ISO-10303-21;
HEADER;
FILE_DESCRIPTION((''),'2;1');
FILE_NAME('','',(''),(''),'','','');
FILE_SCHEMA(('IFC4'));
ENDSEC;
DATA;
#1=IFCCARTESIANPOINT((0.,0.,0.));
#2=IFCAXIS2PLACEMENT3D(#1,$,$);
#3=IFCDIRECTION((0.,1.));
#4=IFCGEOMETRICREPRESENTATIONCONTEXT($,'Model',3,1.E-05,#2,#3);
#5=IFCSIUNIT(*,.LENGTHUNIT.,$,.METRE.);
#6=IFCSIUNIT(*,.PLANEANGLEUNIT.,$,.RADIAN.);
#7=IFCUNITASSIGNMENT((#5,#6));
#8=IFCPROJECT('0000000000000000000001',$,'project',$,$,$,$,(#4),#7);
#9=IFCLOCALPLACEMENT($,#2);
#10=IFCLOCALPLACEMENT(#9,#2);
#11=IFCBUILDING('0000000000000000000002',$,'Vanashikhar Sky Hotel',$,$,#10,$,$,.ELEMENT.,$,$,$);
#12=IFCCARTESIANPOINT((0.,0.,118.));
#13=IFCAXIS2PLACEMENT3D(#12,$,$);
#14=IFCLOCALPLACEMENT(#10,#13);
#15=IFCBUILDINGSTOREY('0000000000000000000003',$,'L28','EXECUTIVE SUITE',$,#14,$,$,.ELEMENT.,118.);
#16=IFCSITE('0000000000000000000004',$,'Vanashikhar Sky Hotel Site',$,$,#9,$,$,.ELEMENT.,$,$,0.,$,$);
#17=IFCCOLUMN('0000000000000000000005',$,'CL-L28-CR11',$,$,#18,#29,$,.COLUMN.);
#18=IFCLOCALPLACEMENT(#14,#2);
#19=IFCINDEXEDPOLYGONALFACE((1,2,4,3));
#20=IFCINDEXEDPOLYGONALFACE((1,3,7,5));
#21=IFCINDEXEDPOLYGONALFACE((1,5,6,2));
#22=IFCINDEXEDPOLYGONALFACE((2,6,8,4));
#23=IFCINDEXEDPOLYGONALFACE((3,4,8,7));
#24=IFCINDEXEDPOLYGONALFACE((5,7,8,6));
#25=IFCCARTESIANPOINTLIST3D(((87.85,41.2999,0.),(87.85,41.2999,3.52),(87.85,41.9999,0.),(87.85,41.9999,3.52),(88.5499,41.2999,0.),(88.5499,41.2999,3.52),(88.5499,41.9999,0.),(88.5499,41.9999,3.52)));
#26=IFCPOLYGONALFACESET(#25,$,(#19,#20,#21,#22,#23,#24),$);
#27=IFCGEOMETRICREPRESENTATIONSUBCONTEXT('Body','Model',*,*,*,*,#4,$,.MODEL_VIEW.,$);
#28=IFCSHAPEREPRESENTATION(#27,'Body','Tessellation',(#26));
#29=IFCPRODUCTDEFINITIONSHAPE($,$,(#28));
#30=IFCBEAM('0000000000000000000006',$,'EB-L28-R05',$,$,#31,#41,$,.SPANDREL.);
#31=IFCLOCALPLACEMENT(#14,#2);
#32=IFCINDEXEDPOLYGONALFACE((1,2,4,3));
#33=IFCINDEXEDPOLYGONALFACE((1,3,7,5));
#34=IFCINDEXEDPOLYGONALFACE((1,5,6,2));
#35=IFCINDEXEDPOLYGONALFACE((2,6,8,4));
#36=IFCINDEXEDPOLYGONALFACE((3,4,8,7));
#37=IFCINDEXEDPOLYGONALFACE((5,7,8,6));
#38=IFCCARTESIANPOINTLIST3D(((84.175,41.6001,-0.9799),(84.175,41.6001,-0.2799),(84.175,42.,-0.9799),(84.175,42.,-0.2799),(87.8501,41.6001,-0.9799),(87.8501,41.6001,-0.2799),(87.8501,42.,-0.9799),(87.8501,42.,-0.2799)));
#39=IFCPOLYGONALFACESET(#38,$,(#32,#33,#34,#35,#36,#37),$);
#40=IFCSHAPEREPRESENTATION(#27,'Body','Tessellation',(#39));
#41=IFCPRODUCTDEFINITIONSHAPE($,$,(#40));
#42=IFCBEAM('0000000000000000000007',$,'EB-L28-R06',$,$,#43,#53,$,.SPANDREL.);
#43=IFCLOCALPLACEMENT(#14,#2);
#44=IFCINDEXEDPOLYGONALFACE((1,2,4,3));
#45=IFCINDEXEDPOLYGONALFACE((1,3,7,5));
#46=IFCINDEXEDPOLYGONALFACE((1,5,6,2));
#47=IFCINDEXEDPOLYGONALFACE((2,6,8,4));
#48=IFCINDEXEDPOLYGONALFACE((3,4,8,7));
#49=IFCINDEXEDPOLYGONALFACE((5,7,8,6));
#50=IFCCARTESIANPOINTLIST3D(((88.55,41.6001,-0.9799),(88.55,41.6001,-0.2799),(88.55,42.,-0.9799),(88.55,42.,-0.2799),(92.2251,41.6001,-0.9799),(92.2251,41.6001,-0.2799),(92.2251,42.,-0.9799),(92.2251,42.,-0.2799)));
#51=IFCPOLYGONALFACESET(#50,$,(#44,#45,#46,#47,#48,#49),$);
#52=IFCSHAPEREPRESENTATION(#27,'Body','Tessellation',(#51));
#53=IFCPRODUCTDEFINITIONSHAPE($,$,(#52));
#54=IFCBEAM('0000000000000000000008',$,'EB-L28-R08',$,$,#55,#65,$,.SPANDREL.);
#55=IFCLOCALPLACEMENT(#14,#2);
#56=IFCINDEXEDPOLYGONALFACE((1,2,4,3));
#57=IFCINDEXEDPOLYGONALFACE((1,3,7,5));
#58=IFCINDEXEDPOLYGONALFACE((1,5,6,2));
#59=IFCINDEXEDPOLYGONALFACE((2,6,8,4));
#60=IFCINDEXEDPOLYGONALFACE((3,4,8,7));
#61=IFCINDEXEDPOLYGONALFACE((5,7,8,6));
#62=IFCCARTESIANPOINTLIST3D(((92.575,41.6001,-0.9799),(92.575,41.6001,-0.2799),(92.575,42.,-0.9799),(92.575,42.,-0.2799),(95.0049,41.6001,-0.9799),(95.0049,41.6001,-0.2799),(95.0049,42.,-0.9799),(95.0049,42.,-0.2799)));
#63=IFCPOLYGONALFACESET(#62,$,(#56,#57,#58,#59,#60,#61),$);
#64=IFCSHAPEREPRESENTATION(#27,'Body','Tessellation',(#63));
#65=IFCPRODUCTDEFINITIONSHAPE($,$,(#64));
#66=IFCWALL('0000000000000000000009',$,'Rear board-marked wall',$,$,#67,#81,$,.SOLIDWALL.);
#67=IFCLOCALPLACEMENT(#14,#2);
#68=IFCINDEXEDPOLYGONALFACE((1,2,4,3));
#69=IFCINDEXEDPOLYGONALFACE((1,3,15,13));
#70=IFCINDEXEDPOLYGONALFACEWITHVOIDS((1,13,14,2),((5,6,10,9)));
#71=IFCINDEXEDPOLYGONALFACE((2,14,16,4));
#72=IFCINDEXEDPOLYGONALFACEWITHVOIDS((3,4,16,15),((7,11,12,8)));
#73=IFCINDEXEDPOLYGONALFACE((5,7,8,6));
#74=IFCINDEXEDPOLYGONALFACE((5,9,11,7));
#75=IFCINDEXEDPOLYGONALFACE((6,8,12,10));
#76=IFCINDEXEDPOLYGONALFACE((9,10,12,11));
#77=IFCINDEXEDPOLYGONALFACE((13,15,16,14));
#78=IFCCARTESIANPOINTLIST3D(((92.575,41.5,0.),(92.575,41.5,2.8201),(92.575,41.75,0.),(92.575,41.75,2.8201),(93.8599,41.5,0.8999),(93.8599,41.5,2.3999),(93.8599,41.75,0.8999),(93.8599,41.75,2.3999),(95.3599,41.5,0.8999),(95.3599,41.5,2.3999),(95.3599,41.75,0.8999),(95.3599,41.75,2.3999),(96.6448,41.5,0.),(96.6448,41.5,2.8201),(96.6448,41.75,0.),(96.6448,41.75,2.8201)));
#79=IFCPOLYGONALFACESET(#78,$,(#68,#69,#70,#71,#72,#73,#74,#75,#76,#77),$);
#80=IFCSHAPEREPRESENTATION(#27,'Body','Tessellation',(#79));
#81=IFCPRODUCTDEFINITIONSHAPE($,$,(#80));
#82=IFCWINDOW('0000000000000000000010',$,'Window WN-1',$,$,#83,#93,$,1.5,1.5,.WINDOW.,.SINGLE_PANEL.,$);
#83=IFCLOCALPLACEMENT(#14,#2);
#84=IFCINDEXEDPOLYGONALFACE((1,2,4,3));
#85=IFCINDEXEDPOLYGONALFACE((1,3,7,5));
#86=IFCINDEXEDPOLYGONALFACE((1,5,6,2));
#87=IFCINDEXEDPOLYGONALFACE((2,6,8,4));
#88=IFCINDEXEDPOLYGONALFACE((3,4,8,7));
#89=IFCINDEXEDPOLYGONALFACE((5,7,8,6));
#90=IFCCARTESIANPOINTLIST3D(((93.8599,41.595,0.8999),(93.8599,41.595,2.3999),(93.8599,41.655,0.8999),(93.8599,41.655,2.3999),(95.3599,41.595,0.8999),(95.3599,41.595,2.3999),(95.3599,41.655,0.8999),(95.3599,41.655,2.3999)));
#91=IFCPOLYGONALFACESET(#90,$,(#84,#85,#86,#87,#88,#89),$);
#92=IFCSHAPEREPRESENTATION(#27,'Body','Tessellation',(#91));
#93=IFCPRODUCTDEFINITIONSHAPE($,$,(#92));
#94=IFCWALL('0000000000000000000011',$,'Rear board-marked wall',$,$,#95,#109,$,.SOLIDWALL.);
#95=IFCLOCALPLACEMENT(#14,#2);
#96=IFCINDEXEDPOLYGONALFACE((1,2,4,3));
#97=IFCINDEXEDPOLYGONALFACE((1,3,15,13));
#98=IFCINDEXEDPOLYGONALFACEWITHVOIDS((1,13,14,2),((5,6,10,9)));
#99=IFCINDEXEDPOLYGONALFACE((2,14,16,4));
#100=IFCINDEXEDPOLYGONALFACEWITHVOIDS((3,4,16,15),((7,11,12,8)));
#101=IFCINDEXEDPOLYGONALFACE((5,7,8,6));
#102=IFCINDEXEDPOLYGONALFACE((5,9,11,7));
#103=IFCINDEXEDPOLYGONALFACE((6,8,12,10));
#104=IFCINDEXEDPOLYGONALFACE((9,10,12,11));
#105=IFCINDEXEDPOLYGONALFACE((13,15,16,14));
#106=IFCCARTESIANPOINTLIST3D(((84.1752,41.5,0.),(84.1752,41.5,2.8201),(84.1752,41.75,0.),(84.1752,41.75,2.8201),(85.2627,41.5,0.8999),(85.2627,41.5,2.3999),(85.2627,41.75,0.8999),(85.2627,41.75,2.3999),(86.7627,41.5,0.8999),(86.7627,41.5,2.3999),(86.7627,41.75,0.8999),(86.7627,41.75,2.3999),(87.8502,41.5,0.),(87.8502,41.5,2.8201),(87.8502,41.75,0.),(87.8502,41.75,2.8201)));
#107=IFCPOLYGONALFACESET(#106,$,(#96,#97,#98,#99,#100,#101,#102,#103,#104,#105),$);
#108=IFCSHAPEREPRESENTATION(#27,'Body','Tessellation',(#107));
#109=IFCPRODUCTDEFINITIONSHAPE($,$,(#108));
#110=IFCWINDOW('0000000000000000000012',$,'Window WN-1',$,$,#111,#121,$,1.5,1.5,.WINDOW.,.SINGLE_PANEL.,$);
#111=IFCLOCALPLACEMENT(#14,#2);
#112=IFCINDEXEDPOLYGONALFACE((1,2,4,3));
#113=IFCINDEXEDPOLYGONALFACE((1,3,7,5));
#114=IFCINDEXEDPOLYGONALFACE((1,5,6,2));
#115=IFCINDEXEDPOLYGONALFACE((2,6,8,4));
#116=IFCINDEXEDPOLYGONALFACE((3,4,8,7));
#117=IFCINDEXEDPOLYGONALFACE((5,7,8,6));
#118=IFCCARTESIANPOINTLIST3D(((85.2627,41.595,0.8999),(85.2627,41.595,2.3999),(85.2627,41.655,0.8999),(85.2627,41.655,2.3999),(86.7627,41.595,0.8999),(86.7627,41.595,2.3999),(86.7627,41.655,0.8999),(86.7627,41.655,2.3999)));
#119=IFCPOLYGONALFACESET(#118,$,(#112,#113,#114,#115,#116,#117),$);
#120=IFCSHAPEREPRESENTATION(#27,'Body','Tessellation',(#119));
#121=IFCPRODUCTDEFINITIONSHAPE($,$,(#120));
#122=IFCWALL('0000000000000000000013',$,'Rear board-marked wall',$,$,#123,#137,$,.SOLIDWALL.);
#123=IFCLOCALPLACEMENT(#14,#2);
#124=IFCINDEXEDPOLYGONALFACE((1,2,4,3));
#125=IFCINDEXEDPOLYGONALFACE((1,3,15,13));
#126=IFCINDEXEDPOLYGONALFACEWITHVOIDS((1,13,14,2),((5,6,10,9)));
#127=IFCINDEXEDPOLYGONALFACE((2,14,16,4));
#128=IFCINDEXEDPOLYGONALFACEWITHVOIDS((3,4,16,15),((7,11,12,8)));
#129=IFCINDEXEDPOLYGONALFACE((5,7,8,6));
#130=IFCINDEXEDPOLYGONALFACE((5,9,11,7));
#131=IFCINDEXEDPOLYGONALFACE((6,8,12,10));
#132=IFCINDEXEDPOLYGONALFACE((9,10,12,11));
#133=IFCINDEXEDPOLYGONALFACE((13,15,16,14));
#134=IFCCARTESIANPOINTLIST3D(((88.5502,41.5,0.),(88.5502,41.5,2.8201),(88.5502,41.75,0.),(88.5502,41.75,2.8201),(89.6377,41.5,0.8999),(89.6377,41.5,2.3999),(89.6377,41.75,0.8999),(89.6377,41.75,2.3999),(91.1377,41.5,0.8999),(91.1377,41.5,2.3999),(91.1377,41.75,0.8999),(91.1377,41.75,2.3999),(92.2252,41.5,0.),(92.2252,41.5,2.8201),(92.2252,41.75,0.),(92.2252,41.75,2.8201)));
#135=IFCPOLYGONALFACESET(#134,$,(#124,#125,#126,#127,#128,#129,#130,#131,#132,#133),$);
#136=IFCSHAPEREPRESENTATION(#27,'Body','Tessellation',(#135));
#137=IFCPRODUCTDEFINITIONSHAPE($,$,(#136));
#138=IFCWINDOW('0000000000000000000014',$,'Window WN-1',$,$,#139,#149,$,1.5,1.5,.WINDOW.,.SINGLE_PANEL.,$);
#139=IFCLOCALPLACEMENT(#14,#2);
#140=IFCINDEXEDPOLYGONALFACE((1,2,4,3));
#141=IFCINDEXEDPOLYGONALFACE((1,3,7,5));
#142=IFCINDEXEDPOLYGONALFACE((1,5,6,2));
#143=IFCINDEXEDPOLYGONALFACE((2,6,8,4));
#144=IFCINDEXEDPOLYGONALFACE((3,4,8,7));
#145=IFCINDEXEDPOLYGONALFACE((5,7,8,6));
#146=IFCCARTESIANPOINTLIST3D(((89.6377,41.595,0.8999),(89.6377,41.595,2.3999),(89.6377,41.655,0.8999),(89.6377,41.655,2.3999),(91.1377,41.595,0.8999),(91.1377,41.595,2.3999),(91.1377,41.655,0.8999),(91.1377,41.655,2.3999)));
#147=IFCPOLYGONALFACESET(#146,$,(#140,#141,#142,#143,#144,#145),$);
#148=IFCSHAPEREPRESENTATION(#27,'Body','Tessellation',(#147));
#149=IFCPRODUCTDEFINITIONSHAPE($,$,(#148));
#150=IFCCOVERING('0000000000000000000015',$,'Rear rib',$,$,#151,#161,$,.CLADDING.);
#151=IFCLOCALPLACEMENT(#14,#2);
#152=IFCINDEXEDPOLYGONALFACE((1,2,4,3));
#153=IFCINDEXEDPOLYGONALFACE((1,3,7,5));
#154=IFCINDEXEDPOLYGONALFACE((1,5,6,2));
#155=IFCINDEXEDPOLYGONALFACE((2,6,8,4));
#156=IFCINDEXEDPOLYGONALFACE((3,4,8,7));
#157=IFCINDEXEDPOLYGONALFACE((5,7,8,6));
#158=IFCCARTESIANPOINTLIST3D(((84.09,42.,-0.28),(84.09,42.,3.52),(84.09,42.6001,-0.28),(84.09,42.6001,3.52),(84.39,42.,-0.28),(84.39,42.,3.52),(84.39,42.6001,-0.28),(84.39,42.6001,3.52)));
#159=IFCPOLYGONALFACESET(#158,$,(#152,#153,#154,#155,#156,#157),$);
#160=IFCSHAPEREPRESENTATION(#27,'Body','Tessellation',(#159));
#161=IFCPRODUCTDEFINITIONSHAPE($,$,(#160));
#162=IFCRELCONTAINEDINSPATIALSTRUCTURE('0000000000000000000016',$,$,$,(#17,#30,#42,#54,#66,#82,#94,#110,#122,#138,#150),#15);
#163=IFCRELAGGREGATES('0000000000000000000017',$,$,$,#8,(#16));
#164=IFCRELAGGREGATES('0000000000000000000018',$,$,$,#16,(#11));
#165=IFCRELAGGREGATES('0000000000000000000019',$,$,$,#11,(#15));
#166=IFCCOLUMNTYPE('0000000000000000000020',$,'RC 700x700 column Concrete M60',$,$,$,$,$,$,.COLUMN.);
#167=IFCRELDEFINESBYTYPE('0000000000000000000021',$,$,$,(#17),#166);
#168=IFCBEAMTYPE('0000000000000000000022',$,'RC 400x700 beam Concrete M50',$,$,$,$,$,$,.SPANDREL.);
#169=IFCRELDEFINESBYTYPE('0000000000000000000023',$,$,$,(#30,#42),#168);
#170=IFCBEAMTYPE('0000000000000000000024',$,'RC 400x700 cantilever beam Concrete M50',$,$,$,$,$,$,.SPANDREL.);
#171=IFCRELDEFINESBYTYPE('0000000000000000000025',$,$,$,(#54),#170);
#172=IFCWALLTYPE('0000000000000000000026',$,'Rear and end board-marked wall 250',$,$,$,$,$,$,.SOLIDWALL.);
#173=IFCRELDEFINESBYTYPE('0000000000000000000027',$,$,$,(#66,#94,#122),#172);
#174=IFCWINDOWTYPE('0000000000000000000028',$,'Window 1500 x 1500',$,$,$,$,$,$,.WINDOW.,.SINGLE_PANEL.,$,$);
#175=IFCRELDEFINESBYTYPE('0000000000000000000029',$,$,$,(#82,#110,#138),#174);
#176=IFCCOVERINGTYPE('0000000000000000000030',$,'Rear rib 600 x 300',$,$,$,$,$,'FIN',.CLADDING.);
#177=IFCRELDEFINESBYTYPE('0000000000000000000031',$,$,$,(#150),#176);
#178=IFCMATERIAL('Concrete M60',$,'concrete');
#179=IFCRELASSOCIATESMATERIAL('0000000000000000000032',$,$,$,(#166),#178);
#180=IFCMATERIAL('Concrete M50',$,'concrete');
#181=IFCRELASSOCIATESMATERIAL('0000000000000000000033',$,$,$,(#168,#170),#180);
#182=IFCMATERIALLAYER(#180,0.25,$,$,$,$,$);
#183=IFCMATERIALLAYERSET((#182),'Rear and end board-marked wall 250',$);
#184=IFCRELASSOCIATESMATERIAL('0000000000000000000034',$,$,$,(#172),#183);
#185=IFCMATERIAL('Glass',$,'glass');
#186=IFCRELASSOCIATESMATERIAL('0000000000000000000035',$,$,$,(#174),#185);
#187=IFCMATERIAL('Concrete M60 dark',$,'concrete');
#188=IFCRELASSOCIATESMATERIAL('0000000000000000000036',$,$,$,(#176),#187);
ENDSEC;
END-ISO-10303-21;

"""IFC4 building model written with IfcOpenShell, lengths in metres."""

from ifc_helpers import new_model, si_unit, direction, frame, frame_2d, origin, origin_2d, place, context, subcontext, project, spatial, rectangle, extrude, source, transform, mapped, material, layer, layer_set, material_profile, profile_set, type_object, element, fill, save


model = new_model("IFC4")

# Units and contexts
model_context = context("Model", 3, precision=1e-05, world=origin(), true_north=direction((0.0, 1.0)))
body_context = subcontext(model_context, "Body", "Model", "MODEL_VIEW")
ifc_project = project(units=[si_unit("LENGTHUNIT", "METRE"), si_unit("PLANEANGLEUNIT", "RADIAN")], contexts=[model_context])

# Site, building, storey
site_placement = place(None, origin())
site = spatial("IfcSite", under=ifc_project, at=site_placement, Name="Vanashikhar Sky Hotel Site", CompositionType="ELEMENT", RefElevation=0.0)
building_placement = place(site_placement, origin())
building = spatial("IfcBuilding", under=site, at=building_placement, Name="Vanashikhar Sky Hotel", CompositionType="ELEMENT")
storey_placement = place(building_placement, frame((0.0, 0.0, 118.0)))
storey = spatial("IfcBuildingStorey", under=building, at=storey_placement, Name="L28", Description="EXECUTIVE SUITE", CompositionType="ELEMENT", Elevation=118.0)

# Column
ifc_material_1 = material(Name="Concrete M60", Category="concrete")
ifc_material_profile_1 = material_profile(ifc_material_1, rectangle(XDim=0.7, YDim=0.7, at=origin_2d()))
ifc_profile_set_1 = profile_set([ifc_material_profile_1], Name="RC 700x700 column Concrete M60")
column_type = type_object("IfcColumnType", Name="RC 700x700 column Concrete M60", PredefinedType="COLUMN", material=ifc_profile_set_1)
shared_shape_1 = source(origin(), body_context, "Body", "SweptSolid", [
    extrude(rectangle(XDim=0.7, YDim=0.7, at=origin_2d()), origin(), (0.0, 0.0, 1.0), 3.52),
])
column_placement = place(storey_placement, frame((88.2, 41.6499, 0.0), z_axis=(0.0, 0.0, 1.0), x_axis=(1.0, 0.0, 0.0)))
element("IfcColumn", 1, at=column_placement, inside=storey, type_object=column_type, Name="CL-L28-CR11", PredefinedType="COLUMN", context=body_context, shape_type="MappedRepresentation", body=[
    mapped(shared_shape_1, transform((0.0, 0.0, 0.0), scale=1.0)),
])

# Beams
ifc_material_2 = material(Name="Concrete M50", Category="concrete")
ifc_material_profile_2 = material_profile(ifc_material_2, rectangle(XDim=0.3999, YDim=0.7, at=origin_2d()))
ifc_profile_set_2 = profile_set([ifc_material_profile_2], Name="RC 400x700 beam Concrete M50")
beam_type_1 = type_object("IfcBeamType", Name="RC 400x700 beam Concrete M50", PredefinedType="SPANDREL", material=ifc_profile_set_2)
shared_shape_2 = source(origin(), body_context, "Body", "SweptSolid", [
    extrude(rectangle(XDim=0.3999, YDim=0.7, at=origin_2d()), origin(), (0.0, 0.0, 1.0), 3.675),
])
for number, where, z_axis, x_axis, name in (
    (2, (84.175, 41.8, -0.6299), (1.0, 0.0, 0.0), (0.0, 1.0, 0.0), "EB-L28-R05"),
    (3, (88.55, 41.8, -0.6299), (1.0, 0.0, 0.0), (0.0, 1.0, 0.0), "EB-L28-R06"),
):
    element("IfcBeam", number, at=place(storey_placement, frame(where, z_axis=z_axis, x_axis=x_axis)), inside=storey, type_object=beam_type_1, Name=name, PredefinedType="SPANDREL", context=body_context, shape_type="MappedRepresentation", body=[
        mapped(shared_shape_2, transform((0.0, 0.0, 0.0), scale=1.0)),
    ])
ifc_material_profile_3 = material_profile(ifc_material_2, rectangle(XDim=0.3999, YDim=0.7, at=origin_2d()))
ifc_profile_set_3 = profile_set([ifc_material_profile_3], Name="RC 400x700 cantilever beam Concrete M50")
beam_type_2 = type_object("IfcBeamType", Name="RC 400x700 cantilever beam Concrete M50", PredefinedType="SPANDREL", material=ifc_profile_set_3)
shared_shape_3 = source(origin(), body_context, "Body", "SweptSolid", [
    extrude(rectangle(XDim=0.3999, YDim=0.7, at=origin_2d()), origin(), (0.0, 0.0, 1.0), 2.4299),
])
beam_placement = place(storey_placement, frame((92.575, 41.8, -0.6299), z_axis=(1.0, 0.0, 0.0), x_axis=(0.0, 1.0, 0.0)))
element("IfcBeam", 4, at=beam_placement, inside=storey, type_object=beam_type_2, Name="EB-L28-R08", PredefinedType="SPANDREL", context=body_context, shape_type="MappedRepresentation", body=[
    mapped(shared_shape_3, transform((0.0, 0.0, 0.0), scale=1.0)),
])

# Walls, openings, windows
ifc_layer = layer(ifc_material_2, 0.25)
ifc_layer_set = layer_set([ifc_layer], Name="Rear and end board-marked wall 250")
wall_type = type_object("IfcWallType", Name="Rear and end board-marked wall 250", PredefinedType="SOLIDWALL", material=ifc_layer_set)
shared_shape_4 = source(origin(), body_context, "Body", "SweptSolid", [
    extrude(rectangle(XDim=4.0698, YDim=0.25, at=frame_2d((2.0349, 0.0))), origin(), (0.0, 0.0, 1.0), 2.8201),
])
wall_1_placement = place(storey_placement, frame((96.6448, 41.625, 0.0), z_axis=(0.0, 0.0, 1.0), x_axis=(-1.0, 0.0, 0.0)))
wall_1 = element("IfcWall", 5, at=wall_1_placement, inside=storey, type_object=wall_type, Name="Rear board-marked wall", PredefinedType="SOLIDWALL", context=body_context, shape_type="MappedRepresentation", body=[
    mapped(shared_shape_4, transform((0.0, 0.0, 0.0), scale=1.0)),
])
shared_shape_5 = source(origin(), body_context, "Body", "SweptSolid", [
    extrude(rectangle(XDim=1.5, YDim=1.5, at=frame_2d((0.75, 0.75))), frame((0.0, 0.135, 0.0), z_axis=(0.0, -1.0, 0.0), x_axis=(1.0, 0.0, 0.0)), (0.0, 0.0, 1.0), 0.27),
])
opening_1_placement = place(wall_1_placement, frame((1.2849, 0.0, 0.8999)))
opening_1 = element("IfcOpeningElement", 6, at=opening_1_placement, cuts=wall_1, PredefinedType="OPENING", context=body_context, shape_type="MappedRepresentation", body=[
    mapped(shared_shape_5, transform((0.0, 0.0, 0.0), scale=1.0)),
])
ifc_material_3 = material(Name="Glass", Category="glass")
window_type = type_object("IfcWindowType", Name="Window 1500 x 1500", PartitioningType="SINGLE_PANEL", PredefinedType="WINDOW", material=ifc_material_3)
shared_shape_6 = source(origin(), body_context, "Body", "SweptSolid", [
    extrude(rectangle(XDim=1.5, YDim=1.5, at=frame_2d((0.75, 0.75))), frame((0.0, 0.03, 0.0), z_axis=(0.0, -1.0, 0.0), x_axis=(1.0, 0.0, 0.0)), (0.0, 0.0, 1.0), 0.0601),
])
window_1_placement = place(opening_1_placement, origin())
window_1 = element("IfcWindow", 7, at=window_1_placement, inside=storey, type_object=window_type, Name="Window WN-1", OverallHeight=1.5, OverallWidth=1.5, PartitioningType="SINGLE_PANEL", PredefinedType="WINDOW", context=body_context, shape_type="MappedRepresentation", body=[
    mapped(shared_shape_6, transform((0.0, 0.0, 0.0), scale=1.0)),
])
fill(opening_1, window_1)
shared_shape_7 = source(origin(), body_context, "Body", "SweptSolid", [
    extrude(rectangle(XDim=3.675, YDim=0.25, at=frame_2d((1.8374, 0.0))), origin(), (0.0, 0.0, 1.0), 2.8201),
])
wall_2_placement = place(storey_placement, frame((87.8501, 41.625, 0.0), z_axis=(0.0, 0.0, 1.0), x_axis=(-1.0, 0.0, 0.0)))
wall_2 = element("IfcWall", 8, at=wall_2_placement, inside=storey, type_object=wall_type, Name="Rear board-marked wall", PredefinedType="SOLIDWALL", context=body_context, shape_type="MappedRepresentation", body=[
    mapped(shared_shape_7, transform((0.0, 0.0, 0.0), scale=1.0)),
])
opening_2_placement = place(wall_2_placement, frame((1.0874, 0.0, 0.8999)))
opening_2 = element("IfcOpeningElement", 9, at=opening_2_placement, cuts=wall_2, PredefinedType="OPENING", context=body_context, shape_type="MappedRepresentation", body=[
    mapped(shared_shape_5, transform((0.0, 0.0, 0.0), scale=1.0)),
])
window_2_placement = place(opening_2_placement, origin())
window_2 = element("IfcWindow", 10, at=window_2_placement, inside=storey, type_object=window_type, Name="Window WN-1", OverallHeight=1.5, OverallWidth=1.5, PartitioningType="SINGLE_PANEL", PredefinedType="WINDOW", context=body_context, shape_type="MappedRepresentation", body=[
    mapped(shared_shape_6, transform((0.0, 0.0, 0.0), scale=1.0)),
])
fill(opening_2, window_2)
wall_3_placement = place(storey_placement, frame((92.2251, 41.625, 0.0), z_axis=(0.0, 0.0, 1.0), x_axis=(-1.0, 0.0, 0.0)))
wall_3 = element("IfcWall", 11, at=wall_3_placement, inside=storey, type_object=wall_type, Name="Rear board-marked wall", PredefinedType="SOLIDWALL", context=body_context, shape_type="MappedRepresentation", body=[
    mapped(shared_shape_7, transform((0.0, 0.0, 0.0), scale=1.0)),
])
opening_3_placement = place(wall_3_placement, frame((1.0874, 0.0, 0.8999)))
opening_3 = element("IfcOpeningElement", 12, at=opening_3_placement, cuts=wall_3, PredefinedType="OPENING", context=body_context, shape_type="MappedRepresentation", body=[
    mapped(shared_shape_5, transform((0.0, 0.0, 0.0), scale=1.0)),
])
window_3_placement = place(opening_3_placement, origin())
window_3 = element("IfcWindow", 13, at=window_3_placement, inside=storey, type_object=window_type, Name="Window WN-1", OverallHeight=1.5, OverallWidth=1.5, PartitioningType="SINGLE_PANEL", PredefinedType="WINDOW", context=body_context, shape_type="MappedRepresentation", body=[
    mapped(shared_shape_6, transform((0.0, 0.0, 0.0), scale=1.0)),
])
fill(opening_3, window_3)

# Covering
ifc_material_4 = material(Name="Concrete M60 dark", Category="concrete")
ifc_material_profile_4 = material_profile(ifc_material_4, rectangle(XDim=0.6001, YDim=0.3, at=origin_2d()))
ifc_profile_set_4 = profile_set([ifc_material_profile_4], Name="Rear rib 600 x 300")
covering_type = type_object("IfcCoveringType", Name="Rear rib 600 x 300", ElementType="FIN", PredefinedType="CLADDING", material=ifc_profile_set_4)
shared_shape_8 = source(origin(), body_context, "Body", "SweptSolid", [
    extrude(rectangle(XDim=0.6001, YDim=0.3, at=origin_2d()), origin(), (0.0, 0.0, 1.0), 3.8),
])
for number, where, z_axis, x_axis, name in (
    (14, (84.24, 42.3, -0.28), (0.0, 0.0, 1.0), (0.0, 1.0, 0.0), "Rear rib"),
):
    element("IfcCovering", number, at=place(storey_placement, frame(where, z_axis=z_axis, x_axis=x_axis)), inside=storey, type_object=covering_type, Name=name, PredefinedType="CLADDING", context=body_context, shape_type="MappedRepresentation", body=[
        mapped(shared_shape_8, transform((0.0, 0.0, 0.0), scale=1.0)),
    ])

save(model, "model.ifc")
